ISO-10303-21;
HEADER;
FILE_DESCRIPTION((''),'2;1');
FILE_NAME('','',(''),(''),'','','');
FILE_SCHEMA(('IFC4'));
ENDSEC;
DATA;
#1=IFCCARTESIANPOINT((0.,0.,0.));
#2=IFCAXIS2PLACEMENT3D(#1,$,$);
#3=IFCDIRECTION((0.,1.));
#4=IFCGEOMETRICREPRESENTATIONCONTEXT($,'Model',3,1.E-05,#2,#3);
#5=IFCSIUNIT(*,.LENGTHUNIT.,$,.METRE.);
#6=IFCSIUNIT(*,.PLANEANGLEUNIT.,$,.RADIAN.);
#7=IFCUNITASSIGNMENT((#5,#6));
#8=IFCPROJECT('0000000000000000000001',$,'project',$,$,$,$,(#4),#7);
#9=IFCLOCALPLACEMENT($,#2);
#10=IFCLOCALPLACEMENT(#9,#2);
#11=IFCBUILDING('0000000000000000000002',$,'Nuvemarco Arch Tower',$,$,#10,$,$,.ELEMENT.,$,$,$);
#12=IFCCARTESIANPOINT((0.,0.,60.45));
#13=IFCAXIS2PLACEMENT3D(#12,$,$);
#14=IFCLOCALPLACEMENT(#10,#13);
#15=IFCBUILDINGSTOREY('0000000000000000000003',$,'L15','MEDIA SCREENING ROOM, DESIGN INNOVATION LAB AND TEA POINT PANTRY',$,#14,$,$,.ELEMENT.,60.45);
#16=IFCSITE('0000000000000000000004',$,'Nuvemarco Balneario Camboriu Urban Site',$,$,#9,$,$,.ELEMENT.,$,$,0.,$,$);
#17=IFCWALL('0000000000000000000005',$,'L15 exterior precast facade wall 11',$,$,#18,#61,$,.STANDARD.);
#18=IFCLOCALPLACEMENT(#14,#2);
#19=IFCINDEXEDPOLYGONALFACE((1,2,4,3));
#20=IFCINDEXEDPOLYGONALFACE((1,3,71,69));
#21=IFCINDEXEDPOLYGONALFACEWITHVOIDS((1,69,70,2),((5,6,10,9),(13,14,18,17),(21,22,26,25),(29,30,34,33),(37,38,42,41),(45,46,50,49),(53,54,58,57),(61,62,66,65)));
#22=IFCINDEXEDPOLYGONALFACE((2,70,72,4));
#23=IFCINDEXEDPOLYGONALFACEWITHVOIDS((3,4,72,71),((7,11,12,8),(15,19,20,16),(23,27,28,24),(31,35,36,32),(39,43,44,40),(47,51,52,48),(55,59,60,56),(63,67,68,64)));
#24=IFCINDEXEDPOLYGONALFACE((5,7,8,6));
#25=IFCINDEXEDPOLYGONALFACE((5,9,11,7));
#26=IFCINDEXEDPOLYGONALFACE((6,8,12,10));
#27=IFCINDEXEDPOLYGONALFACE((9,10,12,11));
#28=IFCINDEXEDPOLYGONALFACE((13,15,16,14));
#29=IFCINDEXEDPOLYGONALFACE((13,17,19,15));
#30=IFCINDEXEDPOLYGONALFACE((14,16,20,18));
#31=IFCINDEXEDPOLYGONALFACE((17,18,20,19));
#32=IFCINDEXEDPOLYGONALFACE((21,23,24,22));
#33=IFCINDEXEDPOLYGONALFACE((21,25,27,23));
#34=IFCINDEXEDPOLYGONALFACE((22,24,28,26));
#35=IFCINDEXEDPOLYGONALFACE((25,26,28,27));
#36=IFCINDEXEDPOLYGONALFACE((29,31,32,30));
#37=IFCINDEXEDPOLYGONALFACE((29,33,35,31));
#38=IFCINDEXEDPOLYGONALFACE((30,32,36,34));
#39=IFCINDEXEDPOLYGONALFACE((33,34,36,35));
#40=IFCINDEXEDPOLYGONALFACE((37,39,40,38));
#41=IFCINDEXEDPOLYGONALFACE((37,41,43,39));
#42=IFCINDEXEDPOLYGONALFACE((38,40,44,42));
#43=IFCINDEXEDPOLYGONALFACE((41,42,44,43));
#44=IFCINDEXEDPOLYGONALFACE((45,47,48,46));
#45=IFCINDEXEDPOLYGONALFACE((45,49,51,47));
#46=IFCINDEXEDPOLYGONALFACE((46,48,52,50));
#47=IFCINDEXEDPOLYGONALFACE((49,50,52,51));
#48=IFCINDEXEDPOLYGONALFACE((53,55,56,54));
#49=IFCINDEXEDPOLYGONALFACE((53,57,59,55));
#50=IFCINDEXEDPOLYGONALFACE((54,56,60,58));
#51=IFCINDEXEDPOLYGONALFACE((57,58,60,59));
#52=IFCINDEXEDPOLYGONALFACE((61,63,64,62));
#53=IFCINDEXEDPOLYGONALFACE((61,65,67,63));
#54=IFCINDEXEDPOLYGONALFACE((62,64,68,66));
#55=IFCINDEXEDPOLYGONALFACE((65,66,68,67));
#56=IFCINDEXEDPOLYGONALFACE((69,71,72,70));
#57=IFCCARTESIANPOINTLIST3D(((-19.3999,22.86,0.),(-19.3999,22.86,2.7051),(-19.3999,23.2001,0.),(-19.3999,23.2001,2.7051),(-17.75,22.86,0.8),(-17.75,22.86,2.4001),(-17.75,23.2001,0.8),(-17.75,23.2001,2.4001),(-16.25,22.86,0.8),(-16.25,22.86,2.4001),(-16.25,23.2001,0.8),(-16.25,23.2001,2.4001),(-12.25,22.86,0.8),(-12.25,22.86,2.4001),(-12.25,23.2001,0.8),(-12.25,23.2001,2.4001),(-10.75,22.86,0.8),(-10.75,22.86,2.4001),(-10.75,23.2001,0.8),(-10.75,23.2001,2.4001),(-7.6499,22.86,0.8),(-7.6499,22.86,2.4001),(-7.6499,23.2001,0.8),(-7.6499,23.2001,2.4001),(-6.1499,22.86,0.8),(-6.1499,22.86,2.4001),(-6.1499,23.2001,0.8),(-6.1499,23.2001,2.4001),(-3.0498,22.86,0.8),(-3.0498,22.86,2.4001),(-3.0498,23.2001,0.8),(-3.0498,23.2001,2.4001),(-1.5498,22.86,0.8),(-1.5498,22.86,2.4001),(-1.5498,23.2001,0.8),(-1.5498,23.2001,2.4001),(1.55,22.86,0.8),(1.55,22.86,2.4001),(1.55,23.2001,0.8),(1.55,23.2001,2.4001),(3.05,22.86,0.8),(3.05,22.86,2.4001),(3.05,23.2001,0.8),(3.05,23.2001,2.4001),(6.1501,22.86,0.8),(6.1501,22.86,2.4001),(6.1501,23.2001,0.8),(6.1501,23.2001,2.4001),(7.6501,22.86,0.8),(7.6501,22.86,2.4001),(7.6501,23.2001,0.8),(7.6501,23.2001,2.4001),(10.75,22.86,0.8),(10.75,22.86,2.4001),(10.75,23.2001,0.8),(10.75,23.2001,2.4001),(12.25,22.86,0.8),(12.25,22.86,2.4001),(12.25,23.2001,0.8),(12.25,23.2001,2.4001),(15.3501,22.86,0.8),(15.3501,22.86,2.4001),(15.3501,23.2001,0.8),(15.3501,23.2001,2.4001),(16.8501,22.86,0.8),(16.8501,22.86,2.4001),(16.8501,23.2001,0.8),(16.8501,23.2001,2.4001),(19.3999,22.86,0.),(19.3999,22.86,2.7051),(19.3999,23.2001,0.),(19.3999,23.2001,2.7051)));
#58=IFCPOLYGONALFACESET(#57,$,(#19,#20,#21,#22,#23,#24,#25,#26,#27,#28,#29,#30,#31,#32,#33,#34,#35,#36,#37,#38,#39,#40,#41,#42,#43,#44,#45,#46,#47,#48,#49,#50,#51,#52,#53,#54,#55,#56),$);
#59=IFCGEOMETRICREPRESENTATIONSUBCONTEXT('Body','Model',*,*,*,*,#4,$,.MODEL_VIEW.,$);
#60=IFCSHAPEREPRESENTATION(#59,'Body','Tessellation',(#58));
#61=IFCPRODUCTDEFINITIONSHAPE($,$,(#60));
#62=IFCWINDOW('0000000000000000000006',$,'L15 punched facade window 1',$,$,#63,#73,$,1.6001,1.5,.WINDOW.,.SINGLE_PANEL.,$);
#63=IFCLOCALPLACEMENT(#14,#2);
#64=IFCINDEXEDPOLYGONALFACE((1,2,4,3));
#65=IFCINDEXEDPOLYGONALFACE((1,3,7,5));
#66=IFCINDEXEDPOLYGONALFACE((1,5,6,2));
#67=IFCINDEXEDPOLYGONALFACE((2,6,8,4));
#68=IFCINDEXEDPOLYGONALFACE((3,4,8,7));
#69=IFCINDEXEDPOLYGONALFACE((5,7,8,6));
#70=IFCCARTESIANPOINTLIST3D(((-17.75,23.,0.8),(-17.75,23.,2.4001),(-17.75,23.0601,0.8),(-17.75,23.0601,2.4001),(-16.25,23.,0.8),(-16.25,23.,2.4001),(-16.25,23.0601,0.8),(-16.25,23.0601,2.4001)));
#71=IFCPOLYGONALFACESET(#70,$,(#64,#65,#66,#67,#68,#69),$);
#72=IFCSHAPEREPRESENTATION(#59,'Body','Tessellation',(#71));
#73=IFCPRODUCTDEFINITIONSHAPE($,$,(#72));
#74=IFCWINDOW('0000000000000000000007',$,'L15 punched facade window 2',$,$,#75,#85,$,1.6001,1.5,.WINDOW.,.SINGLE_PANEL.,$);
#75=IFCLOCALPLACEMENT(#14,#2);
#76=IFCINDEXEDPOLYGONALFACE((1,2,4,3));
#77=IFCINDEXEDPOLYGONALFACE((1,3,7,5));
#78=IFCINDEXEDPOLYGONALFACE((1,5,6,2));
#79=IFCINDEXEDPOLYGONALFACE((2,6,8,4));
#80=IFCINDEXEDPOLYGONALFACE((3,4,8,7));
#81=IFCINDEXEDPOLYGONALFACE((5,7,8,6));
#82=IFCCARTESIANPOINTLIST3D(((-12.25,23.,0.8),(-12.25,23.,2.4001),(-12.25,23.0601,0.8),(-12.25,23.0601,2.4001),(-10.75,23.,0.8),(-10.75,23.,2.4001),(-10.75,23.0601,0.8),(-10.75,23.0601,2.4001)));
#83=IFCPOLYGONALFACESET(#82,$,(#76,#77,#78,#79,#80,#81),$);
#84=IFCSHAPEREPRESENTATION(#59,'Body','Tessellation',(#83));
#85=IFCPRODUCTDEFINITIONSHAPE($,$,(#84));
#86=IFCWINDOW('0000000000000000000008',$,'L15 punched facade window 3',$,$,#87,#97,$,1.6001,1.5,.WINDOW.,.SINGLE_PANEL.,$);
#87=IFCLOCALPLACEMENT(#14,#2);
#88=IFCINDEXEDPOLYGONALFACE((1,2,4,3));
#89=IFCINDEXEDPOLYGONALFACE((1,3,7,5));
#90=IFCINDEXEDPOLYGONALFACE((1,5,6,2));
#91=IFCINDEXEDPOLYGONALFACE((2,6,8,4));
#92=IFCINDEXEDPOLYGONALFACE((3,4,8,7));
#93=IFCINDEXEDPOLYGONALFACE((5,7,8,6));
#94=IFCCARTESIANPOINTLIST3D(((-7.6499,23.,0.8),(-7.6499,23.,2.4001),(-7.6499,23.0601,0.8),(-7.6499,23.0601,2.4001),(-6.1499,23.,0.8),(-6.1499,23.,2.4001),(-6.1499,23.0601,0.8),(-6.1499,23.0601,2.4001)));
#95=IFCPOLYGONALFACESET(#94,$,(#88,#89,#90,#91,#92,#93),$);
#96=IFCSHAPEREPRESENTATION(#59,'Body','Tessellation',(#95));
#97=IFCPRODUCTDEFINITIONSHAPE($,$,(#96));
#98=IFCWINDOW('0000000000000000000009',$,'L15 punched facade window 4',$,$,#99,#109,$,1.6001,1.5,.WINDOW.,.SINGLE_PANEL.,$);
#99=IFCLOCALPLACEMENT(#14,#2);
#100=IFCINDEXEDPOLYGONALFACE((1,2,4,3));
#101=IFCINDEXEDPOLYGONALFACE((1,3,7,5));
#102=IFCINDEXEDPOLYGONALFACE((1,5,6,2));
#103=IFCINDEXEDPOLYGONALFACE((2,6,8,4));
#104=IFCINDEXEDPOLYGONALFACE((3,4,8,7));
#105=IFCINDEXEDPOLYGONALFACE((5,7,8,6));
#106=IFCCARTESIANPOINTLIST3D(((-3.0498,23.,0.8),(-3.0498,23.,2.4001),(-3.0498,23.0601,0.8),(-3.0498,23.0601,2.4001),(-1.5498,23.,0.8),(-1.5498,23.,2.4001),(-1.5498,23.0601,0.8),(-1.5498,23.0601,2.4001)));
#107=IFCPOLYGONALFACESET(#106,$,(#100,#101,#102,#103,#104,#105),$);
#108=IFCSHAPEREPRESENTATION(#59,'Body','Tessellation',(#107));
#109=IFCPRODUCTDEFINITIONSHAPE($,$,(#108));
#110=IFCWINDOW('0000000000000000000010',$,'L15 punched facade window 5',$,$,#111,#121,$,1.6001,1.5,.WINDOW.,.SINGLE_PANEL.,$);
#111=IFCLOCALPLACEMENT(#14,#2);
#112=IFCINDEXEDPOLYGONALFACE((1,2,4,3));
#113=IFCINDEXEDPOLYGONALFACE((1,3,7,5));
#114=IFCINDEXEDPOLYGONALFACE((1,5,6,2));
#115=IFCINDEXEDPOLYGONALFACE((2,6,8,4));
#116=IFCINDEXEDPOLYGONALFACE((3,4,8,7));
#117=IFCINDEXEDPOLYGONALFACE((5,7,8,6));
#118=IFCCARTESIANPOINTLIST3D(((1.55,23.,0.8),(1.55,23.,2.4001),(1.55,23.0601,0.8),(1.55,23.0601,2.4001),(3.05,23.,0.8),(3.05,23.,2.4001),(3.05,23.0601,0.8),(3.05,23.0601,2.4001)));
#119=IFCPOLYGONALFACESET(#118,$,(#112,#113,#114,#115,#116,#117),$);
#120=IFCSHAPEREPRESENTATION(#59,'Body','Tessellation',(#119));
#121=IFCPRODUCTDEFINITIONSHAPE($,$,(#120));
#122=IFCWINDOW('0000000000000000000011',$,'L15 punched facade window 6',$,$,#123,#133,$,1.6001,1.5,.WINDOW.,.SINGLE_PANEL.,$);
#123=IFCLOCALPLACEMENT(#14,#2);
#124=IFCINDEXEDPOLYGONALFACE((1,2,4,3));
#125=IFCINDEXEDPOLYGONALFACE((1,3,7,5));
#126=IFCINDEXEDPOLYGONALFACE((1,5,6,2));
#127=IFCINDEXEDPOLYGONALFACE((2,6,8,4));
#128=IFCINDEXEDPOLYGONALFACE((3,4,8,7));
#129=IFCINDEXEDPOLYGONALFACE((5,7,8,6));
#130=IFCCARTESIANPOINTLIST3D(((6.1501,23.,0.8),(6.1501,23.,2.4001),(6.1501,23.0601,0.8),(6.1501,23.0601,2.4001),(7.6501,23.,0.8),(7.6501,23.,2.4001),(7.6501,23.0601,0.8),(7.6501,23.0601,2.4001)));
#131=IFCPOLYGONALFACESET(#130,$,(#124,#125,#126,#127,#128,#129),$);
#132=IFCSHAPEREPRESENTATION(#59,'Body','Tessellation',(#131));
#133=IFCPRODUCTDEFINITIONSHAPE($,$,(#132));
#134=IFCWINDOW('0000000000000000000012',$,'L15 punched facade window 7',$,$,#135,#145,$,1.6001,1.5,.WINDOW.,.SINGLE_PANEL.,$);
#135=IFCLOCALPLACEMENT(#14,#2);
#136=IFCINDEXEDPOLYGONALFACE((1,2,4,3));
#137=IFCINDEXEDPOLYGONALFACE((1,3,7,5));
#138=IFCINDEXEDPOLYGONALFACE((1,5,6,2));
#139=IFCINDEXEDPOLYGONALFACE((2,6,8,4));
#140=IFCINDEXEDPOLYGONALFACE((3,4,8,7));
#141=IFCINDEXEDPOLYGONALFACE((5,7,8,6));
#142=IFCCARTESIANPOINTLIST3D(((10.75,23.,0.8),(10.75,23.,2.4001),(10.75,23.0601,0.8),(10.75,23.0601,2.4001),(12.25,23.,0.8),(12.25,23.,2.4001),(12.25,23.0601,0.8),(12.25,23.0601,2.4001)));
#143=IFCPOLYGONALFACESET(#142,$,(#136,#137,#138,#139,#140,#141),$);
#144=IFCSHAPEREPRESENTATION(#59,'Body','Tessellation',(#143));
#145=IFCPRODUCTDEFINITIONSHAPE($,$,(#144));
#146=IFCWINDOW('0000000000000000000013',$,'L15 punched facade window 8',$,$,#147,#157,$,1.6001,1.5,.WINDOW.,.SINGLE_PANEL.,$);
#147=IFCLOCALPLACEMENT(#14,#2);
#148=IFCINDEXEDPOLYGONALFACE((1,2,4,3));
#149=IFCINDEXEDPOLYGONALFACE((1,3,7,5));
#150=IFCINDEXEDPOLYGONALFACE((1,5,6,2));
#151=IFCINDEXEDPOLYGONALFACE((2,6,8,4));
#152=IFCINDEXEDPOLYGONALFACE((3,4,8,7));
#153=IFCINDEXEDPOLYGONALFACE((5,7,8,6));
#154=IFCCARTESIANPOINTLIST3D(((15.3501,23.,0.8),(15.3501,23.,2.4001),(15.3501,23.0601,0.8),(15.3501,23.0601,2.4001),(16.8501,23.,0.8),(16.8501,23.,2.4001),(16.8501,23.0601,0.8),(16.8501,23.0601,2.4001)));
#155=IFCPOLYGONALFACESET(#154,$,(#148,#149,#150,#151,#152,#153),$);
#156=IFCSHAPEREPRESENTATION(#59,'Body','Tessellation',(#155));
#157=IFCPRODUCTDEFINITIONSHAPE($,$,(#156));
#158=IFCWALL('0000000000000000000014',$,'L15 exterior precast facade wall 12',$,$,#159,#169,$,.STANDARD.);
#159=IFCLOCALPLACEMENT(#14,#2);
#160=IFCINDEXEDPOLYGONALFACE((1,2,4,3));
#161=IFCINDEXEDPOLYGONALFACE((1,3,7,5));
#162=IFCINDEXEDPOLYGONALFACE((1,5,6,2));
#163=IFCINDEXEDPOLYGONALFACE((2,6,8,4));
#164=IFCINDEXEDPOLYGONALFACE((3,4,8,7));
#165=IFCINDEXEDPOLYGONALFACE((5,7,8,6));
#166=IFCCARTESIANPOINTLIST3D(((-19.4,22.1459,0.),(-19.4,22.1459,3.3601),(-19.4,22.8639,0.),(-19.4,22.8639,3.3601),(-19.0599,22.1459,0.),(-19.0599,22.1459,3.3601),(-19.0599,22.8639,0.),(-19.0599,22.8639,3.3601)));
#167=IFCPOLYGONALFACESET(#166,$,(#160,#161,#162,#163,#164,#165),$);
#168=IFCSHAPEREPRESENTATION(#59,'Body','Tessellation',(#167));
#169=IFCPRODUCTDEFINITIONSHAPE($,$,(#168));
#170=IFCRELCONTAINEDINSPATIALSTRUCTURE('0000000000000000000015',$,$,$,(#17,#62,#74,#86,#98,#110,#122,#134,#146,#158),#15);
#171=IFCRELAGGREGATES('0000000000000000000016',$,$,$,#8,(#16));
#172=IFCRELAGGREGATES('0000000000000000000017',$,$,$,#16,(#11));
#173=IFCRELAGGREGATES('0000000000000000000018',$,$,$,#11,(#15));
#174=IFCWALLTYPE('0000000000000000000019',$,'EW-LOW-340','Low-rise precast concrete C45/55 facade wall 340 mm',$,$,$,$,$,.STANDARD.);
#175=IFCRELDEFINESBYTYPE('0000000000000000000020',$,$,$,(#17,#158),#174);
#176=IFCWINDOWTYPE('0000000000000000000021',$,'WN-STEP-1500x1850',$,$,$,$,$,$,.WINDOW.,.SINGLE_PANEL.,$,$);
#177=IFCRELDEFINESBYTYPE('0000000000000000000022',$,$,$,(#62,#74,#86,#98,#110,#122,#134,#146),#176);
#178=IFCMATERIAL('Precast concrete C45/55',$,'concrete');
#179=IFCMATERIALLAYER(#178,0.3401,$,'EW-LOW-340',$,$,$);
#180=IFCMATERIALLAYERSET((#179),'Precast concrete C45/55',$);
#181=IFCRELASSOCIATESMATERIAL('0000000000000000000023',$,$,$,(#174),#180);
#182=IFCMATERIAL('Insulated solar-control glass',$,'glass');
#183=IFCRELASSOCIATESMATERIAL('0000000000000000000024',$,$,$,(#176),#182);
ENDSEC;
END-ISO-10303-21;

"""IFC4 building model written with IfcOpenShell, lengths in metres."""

from ifc_helpers import new_model, si_unit, direction, frame, frame_2d, origin, place, context, subcontext, project, spatial, rectangle, extrude, source, transform, mapped, material, layer, layer_set, type_object, type_shapes, element, fill, save


model = new_model("IFC4")

# Units and contexts
model_context = context("Model", 3, precision=1e-05, world=origin(), true_north=direction((0.0, 1.0)))
body_context = subcontext(model_context, "Body", "Model", "MODEL_VIEW")
ifc_project = project(units=[si_unit("LENGTHUNIT", "METRE"), si_unit("PLANEANGLEUNIT", "RADIAN")], contexts=[model_context])

# Site, building, storey
site_placement = place(None, origin())
site = spatial("IfcSite", under=ifc_project, at=site_placement, Name="Nuvemarco Balneario Camboriu Urban Site", CompositionType="ELEMENT", RefElevation=0.0)
building_placement = place(site_placement, origin())
building = spatial("IfcBuilding", under=site, at=building_placement, Name="Nuvemarco Arch Tower", CompositionType="ELEMENT")
storey_placement = place(building_placement, frame((0.0, 0.0, 60.45)))
storey = spatial("IfcBuildingStorey", under=building, at=storey_placement, Name="L15", Description="MEDIA SCREENING ROOM, DESIGN INNOVATION LAB AND TEA POINT PANTRY", CompositionType="ELEMENT", Elevation=60.45)

# Wall, openings, windows
ifc_material_1 = material(Name="Precast concrete C45/55", Category="concrete")
ifc_layer_1 = layer(ifc_material_1, 0.3401, Name="EW-LOW-340")
ifc_layer_set_1 = layer_set([ifc_layer_1], Name="Precast concrete C45/55")
wall_type_1 = type_object("IfcWallType", Name="EW-LOW-340", Description="Low-rise precast concrete C45/55 facade wall 340 mm", PredefinedType="STANDARD", material=ifc_layer_set_1)
wall_1_placement = place(storey_placement, frame((-19.3999, 23.03, 0.0), z_axis=(0.0, 0.0, 1.0), x_axis=(1.0, 0.0, 0.0)))
wall_1 = element("IfcWall", 1, at=wall_1_placement, inside=storey, type_object=wall_type_1, Name="L15 exterior precast facade wall 11", PredefinedType="STANDARD", context=body_context, shape_type="SweptSolid", body=[
    extrude(rectangle(XDim=38.7998, YDim=0.3401, at=frame_2d((19.3999, 0.0))), origin(), (0.0, 0.0, 1.0), 2.7051),
])
opening_1_placement = place(wall_1_placement, frame((1.6499, 0.0, 0.8)))
opening_1 = element("IfcOpeningElement", 2, at=opening_1_placement, cuts=wall_1, PredefinedType="OPENING", context=body_context, shape_type="SweptSolid", body=[
    extrude(rectangle(XDim=1.5, YDim=1.6001, at=frame_2d((0.75, 0.8))), frame((0.0, 0.1799, 0.0), z_axis=(0.0, -1.0, 0.0), x_axis=(1.0, 0.0, 0.0)), (0.0, 0.0, 1.0), 0.3601),
])
opening_2_placement = place(wall_1_placement, frame((7.1499, 0.0, 0.8)))
opening_2 = element("IfcOpeningElement", 3, at=opening_2_placement, cuts=wall_1, PredefinedType="OPENING", context=body_context, shape_type="SweptSolid", body=[
    extrude(rectangle(XDim=1.5, YDim=1.6001, at=frame_2d((0.75, 0.8))), frame((0.0, 0.1799, 0.0), z_axis=(0.0, -1.0, 0.0), x_axis=(1.0, 0.0, 0.0)), (0.0, 0.0, 1.0), 0.3601),
])
opening_3_placement = place(wall_1_placement, frame((11.75, 0.0, 0.8)))
opening_3 = element("IfcOpeningElement", 4, at=opening_3_placement, cuts=wall_1, PredefinedType="OPENING", context=body_context, shape_type="SweptSolid", body=[
    extrude(rectangle(XDim=1.5, YDim=1.6001, at=frame_2d((0.75, 0.8))), frame((0.0, 0.1799, 0.0), z_axis=(0.0, -1.0, 0.0), x_axis=(1.0, 0.0, 0.0)), (0.0, 0.0, 1.0), 0.3601),
])
opening_4_placement = place(wall_1_placement, frame((16.3501, 0.0, 0.8)))
opening_4 = element("IfcOpeningElement", 5, at=opening_4_placement, cuts=wall_1, PredefinedType="OPENING", context=body_context, shape_type="SweptSolid", body=[
    extrude(rectangle(XDim=1.5, YDim=1.6001, at=frame_2d((0.75, 0.8))), frame((0.0, 0.1799, 0.0), z_axis=(0.0, -1.0, 0.0), x_axis=(1.0, 0.0, 0.0)), (0.0, 0.0, 1.0), 0.3601),
])
opening_5_placement = place(wall_1_placement, frame((20.95, 0.0, 0.8)))
opening_5 = element("IfcOpeningElement", 6, at=opening_5_placement, cuts=wall_1, PredefinedType="OPENING", context=body_context, shape_type="SweptSolid", body=[
    extrude(rectangle(XDim=1.5, YDim=1.6001, at=frame_2d((0.75, 0.8))), frame((0.0, 0.1799, 0.0), z_axis=(0.0, -1.0, 0.0), x_axis=(1.0, 0.0, 0.0)), (0.0, 0.0, 1.0), 0.3601),
])
opening_6_placement = place(wall_1_placement, frame((25.55, 0.0, 0.8)))
opening_6 = element("IfcOpeningElement", 7, at=opening_6_placement, cuts=wall_1, PredefinedType="OPENING", context=body_context, shape_type="SweptSolid", body=[
    extrude(rectangle(XDim=1.5, YDim=1.6001, at=frame_2d((0.75, 0.8))), frame((0.0, 0.1799, 0.0), z_axis=(0.0, -1.0, 0.0), x_axis=(1.0, 0.0, 0.0)), (0.0, 0.0, 1.0), 0.3601),
])
opening_7_placement = place(wall_1_placement, frame((30.1499, 0.0, 0.8)))
opening_7 = element("IfcOpeningElement", 8, at=opening_7_placement, cuts=wall_1, PredefinedType="OPENING", context=body_context, shape_type="SweptSolid", body=[
    extrude(rectangle(XDim=1.5, YDim=1.6001, at=frame_2d((0.75, 0.8))), frame((0.0, 0.1799, 0.0), z_axis=(0.0, -1.0, 0.0), x_axis=(1.0, 0.0, 0.0)), (0.0, 0.0, 1.0), 0.3601),
])
opening_8_placement = place(wall_1_placement, frame((34.75, 0.0, 0.8)))
opening_8 = element("IfcOpeningElement", 9, at=opening_8_placement, cuts=wall_1, PredefinedType="OPENING", context=body_context, shape_type="SweptSolid", body=[
    extrude(rectangle(XDim=1.5, YDim=1.6001, at=frame_2d((0.75, 0.8))), frame((0.0, 0.1799, 0.0), z_axis=(0.0, -1.0, 0.0), x_axis=(1.0, 0.0, 0.0)), (0.0, 0.0, 1.0), 0.3601),
])
ifc_material_2 = material(Name="Insulated solar-control glass", Category="glass")
window_type = type_object("IfcWindowType", Name="WN-STEP-1500x1850", PartitioningType="SINGLE_PANEL", PredefinedType="WINDOW", material=ifc_material_2)
shared_shape_1 = source(origin(), body_context, "Body", "SweptSolid", [
    extrude(rectangle(XDim=1.5, YDim=1.6001, at=frame_2d((0.75, 0.8))), frame((0.0, 0.03, 0.0), z_axis=(0.0, -1.0, 0.0), x_axis=(1.0, 0.0, 0.0)), (0.0, 0.0, 1.0), 0.0601),
])
type_shapes(window_type, [shared_shape_1])
window_1_placement = place(opening_1_placement, origin())
window_1 = element("IfcWindow", 10, at=window_1_placement, inside=storey, type_object=window_type, Name="L15 punched facade window 1", OverallHeight=1.6001, OverallWidth=1.5, PartitioningType="SINGLE_PANEL", PredefinedType="WINDOW", context=body_context, shape_type="MappedRepresentation", body=[
    mapped(shared_shape_1, transform((0.0, 0.0, 0.0), scale=1.0)),
])
fill(opening_1, window_1)
window_2_placement = place(opening_2_placement, origin())
window_2 = element("IfcWindow", 11, at=window_2_placement, inside=storey, type_object=window_type, Name="L15 punched facade window 2", OverallHeight=1.6001, OverallWidth=1.5, PartitioningType="SINGLE_PANEL", PredefinedType="WINDOW", context=body_context, shape_type="MappedRepresentation", body=[
    mapped(shared_shape_1, transform((0.0, 0.0, 0.0), scale=1.0)),
])
fill(opening_2, window_2)
window_3_placement = place(opening_3_placement, origin())
window_3 = element("IfcWindow", 12, at=window_3_placement, inside=storey, type_object=window_type, Name="L15 punched facade window 3", OverallHeight=1.6001, OverallWidth=1.5, PartitioningType="SINGLE_PANEL", PredefinedType="WINDOW", context=body_context, shape_type="MappedRepresentation", body=[
    mapped(shared_shape_1, transform((0.0, 0.0, 0.0), scale=1.0)),
])
fill(opening_3, window_3)
window_4_placement = place(opening_4_placement, origin())
window_4 = element("IfcWindow", 13, at=window_4_placement, inside=storey, type_object=window_type, Name="L15 punched facade window 4", OverallHeight=1.6001, OverallWidth=1.5, PartitioningType="SINGLE_PANEL", PredefinedType="WINDOW", context=body_context, shape_type="MappedRepresentation", body=[
    mapped(shared_shape_1, transform((0.0, 0.0, 0.0), scale=1.0)),
])
fill(opening_4, window_4)
window_5_placement = place(opening_5_placement, origin())
window_5 = element("IfcWindow", 14, at=window_5_placement, inside=storey, type_object=window_type, Name="L15 punched facade window 5", OverallHeight=1.6001, OverallWidth=1.5, PartitioningType="SINGLE_PANEL", PredefinedType="WINDOW", context=body_context, shape_type="MappedRepresentation", body=[
    mapped(shared_shape_1, transform((0.0, 0.0, 0.0), scale=1.0)),
])
fill(opening_5, window_5)
window_6_placement = place(opening_6_placement, origin())
window_6 = element("IfcWindow", 15, at=window_6_placement, inside=storey, type_object=window_type, Name="L15 punched facade window 6", OverallHeight=1.6001, OverallWidth=1.5, PartitioningType="SINGLE_PANEL", PredefinedType="WINDOW", context=body_context, shape_type="MappedRepresentation", body=[
    mapped(shared_shape_1, transform((0.0, 0.0, 0.0), scale=1.0)),
])
fill(opening_6, window_6)
window_7_placement = place(opening_7_placement, origin())
window_7 = element("IfcWindow", 16, at=window_7_placement, inside=storey, type_object=window_type, Name="L15 punched facade window 7", OverallHeight=1.6001, OverallWidth=1.5, PartitioningType="SINGLE_PANEL", PredefinedType="WINDOW", context=body_context, shape_type="MappedRepresentation", body=[
    mapped(shared_shape_1, transform((0.0, 0.0, 0.0), scale=1.0)),
])
fill(opening_7, window_7)
window_8_placement = place(opening_8_placement, origin())
window_8 = element("IfcWindow", 17, at=window_8_placement, inside=storey, type_object=window_type, Name="L15 punched facade window 8", OverallHeight=1.6001, OverallWidth=1.5, PartitioningType="SINGLE_PANEL", PredefinedType="WINDOW", context=body_context, shape_type="MappedRepresentation", body=[
    mapped(shared_shape_1, transform((0.0, 0.0, 0.0), scale=1.0)),
])
fill(opening_8, window_8)

# Wall
wall_2_placement = place(storey_placement, frame((-19.23, 22.146, 0.0), z_axis=(0.0, 0.0, 1.0), x_axis=(0.0, 1.0, 0.0)))
element("IfcWall", 18, at=wall_2_placement, inside=storey, type_object=wall_type_1, Name="L15 exterior precast facade wall 12", PredefinedType="STANDARD", context=body_context, shape_type="SweptSolid", body=[
    extrude(rectangle(XDim=0.718, YDim=0.3401, at=frame_2d((0.3589, 0.0))), origin(), (0.0, 0.0, 1.0), 3.3601),
])

save(model, "model.ifc")
